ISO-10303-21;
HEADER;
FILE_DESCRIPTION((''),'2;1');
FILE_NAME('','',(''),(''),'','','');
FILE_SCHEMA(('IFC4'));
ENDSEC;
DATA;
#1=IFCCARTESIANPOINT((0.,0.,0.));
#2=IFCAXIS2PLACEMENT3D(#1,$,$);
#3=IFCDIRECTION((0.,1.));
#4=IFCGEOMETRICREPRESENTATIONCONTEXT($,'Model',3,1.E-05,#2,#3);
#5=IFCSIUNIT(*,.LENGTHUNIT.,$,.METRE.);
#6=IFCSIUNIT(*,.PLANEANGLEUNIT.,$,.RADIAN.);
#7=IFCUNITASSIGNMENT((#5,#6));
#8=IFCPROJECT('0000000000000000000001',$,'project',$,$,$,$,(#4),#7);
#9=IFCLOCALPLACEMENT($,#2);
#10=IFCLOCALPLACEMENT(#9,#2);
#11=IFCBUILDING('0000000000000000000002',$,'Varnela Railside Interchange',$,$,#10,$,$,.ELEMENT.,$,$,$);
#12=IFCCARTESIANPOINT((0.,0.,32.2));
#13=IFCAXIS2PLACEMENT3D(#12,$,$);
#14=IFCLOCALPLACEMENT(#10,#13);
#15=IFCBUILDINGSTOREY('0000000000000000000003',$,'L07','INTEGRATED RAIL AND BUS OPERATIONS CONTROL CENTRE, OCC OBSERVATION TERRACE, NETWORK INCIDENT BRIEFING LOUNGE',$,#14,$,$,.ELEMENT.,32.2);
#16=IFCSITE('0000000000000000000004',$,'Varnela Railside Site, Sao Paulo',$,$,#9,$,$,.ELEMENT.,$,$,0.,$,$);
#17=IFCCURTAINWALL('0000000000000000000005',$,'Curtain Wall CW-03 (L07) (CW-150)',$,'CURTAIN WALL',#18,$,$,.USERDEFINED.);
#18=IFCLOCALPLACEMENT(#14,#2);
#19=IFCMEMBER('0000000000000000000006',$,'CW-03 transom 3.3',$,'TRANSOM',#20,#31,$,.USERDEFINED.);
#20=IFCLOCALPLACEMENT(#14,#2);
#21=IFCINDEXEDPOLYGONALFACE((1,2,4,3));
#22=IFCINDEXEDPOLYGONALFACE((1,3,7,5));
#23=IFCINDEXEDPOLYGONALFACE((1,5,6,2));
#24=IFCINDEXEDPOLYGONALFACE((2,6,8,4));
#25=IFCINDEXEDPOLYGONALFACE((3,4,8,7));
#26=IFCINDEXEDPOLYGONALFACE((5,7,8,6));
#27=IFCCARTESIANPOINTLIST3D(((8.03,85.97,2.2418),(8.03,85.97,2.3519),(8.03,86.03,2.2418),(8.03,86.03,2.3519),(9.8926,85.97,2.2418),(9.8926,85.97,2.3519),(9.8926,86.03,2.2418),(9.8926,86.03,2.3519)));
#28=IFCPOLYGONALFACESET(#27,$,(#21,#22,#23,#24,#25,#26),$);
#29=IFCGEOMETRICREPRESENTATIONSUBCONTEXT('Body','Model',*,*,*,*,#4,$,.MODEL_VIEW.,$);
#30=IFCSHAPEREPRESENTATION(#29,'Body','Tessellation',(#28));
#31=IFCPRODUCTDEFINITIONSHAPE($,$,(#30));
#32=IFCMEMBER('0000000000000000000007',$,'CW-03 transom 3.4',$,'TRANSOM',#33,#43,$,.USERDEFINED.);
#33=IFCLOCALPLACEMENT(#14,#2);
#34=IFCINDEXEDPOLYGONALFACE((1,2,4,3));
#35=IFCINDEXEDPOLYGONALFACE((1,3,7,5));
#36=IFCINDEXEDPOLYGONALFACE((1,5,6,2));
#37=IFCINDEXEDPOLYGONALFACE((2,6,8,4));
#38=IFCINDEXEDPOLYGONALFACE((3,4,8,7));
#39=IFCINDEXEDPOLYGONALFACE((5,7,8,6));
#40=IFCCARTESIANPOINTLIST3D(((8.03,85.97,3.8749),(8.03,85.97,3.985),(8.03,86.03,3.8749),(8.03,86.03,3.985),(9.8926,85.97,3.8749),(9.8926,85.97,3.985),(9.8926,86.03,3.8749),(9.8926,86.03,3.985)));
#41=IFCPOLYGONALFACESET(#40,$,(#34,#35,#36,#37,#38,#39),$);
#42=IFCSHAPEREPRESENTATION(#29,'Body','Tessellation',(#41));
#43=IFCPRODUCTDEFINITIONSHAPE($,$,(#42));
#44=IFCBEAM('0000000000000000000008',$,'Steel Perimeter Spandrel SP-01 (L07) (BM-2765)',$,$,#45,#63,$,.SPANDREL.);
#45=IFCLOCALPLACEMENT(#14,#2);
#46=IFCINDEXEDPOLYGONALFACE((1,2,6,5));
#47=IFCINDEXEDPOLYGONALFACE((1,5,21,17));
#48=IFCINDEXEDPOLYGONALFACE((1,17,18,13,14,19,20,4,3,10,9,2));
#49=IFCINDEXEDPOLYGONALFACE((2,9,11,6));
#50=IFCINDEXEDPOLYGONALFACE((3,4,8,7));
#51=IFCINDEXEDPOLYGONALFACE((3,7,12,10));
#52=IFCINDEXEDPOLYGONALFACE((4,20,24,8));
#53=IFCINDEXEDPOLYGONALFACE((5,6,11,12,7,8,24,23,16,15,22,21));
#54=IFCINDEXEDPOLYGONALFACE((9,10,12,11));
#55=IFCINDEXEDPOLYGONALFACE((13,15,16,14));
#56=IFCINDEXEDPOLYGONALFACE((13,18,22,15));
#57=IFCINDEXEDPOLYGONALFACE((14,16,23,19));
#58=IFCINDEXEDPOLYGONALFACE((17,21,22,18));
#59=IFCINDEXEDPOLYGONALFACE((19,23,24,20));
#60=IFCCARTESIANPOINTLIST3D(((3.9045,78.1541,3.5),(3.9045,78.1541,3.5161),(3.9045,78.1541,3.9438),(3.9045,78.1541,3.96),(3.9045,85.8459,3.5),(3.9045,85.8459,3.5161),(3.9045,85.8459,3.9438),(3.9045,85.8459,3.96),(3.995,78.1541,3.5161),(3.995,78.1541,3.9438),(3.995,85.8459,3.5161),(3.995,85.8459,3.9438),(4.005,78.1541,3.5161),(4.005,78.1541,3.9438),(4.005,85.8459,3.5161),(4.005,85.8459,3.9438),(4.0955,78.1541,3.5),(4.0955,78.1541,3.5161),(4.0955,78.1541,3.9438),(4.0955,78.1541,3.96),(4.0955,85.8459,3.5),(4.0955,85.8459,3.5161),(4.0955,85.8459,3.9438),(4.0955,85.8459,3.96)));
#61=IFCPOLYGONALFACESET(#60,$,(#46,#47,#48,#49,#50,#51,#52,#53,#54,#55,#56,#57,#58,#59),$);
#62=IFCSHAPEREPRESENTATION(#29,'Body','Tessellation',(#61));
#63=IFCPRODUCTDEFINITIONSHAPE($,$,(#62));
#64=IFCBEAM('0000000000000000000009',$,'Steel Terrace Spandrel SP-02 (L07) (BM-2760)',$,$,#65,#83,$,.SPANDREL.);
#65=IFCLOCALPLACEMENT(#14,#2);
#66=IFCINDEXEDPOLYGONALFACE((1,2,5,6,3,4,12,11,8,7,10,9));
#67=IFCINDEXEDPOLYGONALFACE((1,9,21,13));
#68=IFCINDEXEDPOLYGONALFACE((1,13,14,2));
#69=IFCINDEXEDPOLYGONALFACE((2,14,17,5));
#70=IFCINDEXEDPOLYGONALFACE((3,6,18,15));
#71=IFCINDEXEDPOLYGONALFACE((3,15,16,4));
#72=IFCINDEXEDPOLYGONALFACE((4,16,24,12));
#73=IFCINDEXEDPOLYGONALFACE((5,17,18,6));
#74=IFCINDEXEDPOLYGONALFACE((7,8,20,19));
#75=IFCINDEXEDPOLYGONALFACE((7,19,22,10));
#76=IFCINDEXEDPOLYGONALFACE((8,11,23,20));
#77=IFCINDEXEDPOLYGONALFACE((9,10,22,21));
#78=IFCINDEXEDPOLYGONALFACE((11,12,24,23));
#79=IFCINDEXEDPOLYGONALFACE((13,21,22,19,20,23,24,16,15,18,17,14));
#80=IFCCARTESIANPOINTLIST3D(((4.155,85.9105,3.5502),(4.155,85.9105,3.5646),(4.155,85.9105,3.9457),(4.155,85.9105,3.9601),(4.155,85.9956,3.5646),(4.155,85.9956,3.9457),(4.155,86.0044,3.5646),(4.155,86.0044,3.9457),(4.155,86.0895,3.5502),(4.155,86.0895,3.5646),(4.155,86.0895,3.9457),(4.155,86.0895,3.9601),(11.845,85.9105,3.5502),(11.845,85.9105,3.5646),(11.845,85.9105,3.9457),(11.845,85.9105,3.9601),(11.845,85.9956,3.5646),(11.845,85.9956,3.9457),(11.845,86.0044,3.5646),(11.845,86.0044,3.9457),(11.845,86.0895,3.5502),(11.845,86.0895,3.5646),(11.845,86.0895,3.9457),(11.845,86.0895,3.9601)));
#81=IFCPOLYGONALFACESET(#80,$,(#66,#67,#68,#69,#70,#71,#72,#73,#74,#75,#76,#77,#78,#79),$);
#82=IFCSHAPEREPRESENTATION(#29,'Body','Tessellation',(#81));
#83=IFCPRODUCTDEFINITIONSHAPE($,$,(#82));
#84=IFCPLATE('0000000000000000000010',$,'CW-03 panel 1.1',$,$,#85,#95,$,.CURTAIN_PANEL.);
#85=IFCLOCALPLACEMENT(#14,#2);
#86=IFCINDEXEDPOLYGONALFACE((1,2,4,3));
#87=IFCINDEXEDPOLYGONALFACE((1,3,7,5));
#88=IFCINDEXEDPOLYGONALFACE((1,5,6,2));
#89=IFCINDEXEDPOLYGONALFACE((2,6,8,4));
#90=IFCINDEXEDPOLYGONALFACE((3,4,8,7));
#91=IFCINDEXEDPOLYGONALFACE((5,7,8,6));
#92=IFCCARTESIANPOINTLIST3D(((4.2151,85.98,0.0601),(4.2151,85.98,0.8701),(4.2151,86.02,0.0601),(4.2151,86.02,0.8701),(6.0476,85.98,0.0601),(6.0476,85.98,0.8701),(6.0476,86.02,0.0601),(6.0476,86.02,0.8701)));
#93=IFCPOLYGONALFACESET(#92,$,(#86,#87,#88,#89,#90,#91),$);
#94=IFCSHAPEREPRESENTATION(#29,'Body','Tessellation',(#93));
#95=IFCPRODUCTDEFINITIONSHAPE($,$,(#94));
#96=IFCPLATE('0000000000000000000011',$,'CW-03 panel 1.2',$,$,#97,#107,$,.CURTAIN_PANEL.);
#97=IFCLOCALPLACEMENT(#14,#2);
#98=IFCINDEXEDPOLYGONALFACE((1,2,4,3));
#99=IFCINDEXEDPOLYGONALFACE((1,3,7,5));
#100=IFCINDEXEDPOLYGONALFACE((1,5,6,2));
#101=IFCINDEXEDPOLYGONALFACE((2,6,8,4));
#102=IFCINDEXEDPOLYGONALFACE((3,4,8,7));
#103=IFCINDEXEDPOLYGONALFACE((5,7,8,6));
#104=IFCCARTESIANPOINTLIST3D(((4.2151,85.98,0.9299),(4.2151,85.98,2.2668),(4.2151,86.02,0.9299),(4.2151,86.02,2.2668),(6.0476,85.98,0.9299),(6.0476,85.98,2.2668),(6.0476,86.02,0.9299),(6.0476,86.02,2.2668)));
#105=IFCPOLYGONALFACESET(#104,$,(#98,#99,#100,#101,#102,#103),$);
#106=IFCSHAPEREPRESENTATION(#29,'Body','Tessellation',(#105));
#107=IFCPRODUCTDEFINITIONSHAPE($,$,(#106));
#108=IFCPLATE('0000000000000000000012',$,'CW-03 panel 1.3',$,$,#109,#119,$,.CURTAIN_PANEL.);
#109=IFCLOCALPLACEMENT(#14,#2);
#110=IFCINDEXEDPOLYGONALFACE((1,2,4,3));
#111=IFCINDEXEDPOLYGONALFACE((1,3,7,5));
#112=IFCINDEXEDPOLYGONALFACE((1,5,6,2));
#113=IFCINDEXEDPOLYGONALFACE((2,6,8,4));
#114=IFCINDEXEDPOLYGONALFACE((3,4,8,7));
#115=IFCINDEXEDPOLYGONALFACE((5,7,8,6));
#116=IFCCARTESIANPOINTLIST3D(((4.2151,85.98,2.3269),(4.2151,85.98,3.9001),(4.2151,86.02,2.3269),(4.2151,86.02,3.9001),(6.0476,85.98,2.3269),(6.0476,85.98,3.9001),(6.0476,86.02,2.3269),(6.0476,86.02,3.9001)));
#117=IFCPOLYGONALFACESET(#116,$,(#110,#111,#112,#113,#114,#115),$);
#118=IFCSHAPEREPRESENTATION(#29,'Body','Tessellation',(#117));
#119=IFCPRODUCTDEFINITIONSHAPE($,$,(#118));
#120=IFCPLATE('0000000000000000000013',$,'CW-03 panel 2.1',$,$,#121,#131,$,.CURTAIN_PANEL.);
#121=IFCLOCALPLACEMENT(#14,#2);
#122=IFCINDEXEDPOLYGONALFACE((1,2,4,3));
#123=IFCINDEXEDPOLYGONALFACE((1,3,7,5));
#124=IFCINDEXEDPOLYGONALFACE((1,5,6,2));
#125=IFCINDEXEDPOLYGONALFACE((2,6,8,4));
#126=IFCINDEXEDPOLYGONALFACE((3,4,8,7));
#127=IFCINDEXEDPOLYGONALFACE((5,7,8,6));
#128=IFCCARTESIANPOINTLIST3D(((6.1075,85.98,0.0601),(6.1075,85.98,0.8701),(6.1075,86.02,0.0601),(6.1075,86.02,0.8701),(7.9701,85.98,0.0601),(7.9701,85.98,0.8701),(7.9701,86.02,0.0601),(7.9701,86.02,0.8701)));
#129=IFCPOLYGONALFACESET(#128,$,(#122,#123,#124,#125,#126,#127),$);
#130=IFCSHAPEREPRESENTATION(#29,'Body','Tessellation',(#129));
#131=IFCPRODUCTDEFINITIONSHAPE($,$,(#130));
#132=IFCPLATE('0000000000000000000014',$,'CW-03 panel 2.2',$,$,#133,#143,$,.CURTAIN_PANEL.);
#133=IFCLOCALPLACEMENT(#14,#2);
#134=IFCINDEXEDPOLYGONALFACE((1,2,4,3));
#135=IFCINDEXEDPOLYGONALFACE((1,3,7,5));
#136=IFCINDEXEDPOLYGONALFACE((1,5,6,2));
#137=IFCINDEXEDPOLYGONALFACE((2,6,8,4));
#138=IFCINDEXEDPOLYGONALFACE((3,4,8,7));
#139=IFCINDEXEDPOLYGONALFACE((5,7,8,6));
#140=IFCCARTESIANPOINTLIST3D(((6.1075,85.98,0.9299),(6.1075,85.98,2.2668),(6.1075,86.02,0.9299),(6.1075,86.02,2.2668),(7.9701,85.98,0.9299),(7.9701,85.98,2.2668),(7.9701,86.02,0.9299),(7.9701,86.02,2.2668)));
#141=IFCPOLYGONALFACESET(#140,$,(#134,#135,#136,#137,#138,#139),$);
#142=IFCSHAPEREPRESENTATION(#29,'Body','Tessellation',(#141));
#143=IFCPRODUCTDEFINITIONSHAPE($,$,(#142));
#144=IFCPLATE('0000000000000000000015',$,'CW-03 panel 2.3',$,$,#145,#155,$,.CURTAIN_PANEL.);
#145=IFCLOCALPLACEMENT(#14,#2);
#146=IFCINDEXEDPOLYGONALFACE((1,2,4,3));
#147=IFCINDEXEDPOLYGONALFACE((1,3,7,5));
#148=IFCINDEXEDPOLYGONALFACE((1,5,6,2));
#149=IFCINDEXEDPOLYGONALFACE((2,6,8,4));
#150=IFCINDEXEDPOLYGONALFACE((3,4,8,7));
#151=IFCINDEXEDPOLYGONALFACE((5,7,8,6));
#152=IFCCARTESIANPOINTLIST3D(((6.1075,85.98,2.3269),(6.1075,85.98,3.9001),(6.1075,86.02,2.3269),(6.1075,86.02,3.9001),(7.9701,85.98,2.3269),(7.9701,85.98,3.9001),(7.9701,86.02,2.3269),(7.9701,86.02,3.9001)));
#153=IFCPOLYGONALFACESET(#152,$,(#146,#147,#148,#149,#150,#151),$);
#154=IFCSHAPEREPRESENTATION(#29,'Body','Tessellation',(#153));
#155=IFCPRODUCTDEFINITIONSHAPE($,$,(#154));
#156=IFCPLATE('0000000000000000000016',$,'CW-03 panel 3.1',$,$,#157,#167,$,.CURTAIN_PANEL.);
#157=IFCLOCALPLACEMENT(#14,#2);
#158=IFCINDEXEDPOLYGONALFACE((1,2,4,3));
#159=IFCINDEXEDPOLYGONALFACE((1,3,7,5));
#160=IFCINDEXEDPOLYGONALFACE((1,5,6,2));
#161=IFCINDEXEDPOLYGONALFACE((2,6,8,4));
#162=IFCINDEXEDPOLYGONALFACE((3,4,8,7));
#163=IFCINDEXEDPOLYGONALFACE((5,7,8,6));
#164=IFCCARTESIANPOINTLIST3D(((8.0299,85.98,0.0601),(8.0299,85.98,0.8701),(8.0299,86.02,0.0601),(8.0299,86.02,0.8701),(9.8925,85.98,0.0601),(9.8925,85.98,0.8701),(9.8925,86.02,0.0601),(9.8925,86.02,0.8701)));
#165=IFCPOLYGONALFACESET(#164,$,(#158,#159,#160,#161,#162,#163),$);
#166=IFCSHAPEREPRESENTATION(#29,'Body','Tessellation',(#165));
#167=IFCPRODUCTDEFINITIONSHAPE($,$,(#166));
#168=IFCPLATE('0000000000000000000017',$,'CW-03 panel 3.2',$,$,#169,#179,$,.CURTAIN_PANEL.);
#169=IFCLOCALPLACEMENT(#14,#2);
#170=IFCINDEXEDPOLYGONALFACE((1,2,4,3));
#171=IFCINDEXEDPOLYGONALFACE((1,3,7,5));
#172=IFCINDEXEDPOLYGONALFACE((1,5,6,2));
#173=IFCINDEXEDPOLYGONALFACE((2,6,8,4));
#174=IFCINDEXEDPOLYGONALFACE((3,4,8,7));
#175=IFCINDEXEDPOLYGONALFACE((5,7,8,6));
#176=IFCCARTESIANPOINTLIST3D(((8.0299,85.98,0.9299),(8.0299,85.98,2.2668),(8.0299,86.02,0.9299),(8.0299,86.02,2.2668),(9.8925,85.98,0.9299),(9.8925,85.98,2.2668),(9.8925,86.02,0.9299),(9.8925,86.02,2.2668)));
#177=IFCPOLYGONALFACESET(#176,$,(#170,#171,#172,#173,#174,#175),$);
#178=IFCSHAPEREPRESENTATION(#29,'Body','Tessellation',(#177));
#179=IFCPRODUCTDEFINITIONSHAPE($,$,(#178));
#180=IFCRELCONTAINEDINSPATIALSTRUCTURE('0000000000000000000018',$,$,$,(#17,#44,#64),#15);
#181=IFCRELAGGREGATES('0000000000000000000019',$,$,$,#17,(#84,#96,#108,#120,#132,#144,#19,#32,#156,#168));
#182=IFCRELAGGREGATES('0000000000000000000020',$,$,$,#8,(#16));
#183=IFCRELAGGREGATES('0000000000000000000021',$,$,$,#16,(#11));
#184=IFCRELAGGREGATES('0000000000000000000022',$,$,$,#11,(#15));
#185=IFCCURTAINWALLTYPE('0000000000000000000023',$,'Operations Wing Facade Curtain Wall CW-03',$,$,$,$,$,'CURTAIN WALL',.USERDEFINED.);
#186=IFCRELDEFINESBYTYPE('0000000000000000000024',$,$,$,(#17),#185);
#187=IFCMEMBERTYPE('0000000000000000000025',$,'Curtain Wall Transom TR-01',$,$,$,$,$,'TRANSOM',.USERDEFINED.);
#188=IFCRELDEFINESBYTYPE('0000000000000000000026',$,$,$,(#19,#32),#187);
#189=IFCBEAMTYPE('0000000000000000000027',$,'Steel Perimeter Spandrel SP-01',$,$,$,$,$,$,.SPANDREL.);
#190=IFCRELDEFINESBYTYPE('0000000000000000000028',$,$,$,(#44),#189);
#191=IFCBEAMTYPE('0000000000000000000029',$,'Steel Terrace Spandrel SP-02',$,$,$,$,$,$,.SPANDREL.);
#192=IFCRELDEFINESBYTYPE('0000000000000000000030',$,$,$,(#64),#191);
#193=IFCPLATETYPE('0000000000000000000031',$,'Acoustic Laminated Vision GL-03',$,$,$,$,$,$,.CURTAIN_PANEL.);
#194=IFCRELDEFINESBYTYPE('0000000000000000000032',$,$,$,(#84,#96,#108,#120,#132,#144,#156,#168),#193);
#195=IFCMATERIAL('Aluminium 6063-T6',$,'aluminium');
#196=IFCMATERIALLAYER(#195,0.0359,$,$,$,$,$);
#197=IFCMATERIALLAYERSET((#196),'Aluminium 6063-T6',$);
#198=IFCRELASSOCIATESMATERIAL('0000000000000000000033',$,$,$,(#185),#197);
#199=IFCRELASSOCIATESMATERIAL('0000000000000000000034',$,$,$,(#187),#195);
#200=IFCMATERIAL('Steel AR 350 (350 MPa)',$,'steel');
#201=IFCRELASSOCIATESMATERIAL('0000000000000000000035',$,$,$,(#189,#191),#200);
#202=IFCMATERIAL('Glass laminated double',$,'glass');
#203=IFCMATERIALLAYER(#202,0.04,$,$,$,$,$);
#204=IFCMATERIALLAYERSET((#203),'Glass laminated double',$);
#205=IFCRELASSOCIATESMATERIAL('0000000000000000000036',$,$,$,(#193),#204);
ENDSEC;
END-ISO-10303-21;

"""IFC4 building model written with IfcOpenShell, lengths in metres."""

from ifc_helpers import new_model, si_unit, direction, frame, origin, origin_2d, place, context, subcontext, project, spatial, rectangle, i_section, extrude, material, layer, layer_set, material_profile, profile_set, type_object, element, aggregate, save


model = new_model("IFC4")

# Units and contexts
model_context = context("Model", 3, precision=1e-05, world=origin(), true_north=direction((0.0, 1.0)))
body_context = subcontext(model_context, "Body", "Model", "MODEL_VIEW")
ifc_project = project(units=[si_unit("LENGTHUNIT", "METRE"), si_unit("PLANEANGLEUNIT", "RADIAN")], contexts=[model_context])

# Site, building, storey
site_placement = place(None, origin())
site = spatial("IfcSite", under=ifc_project, at=site_placement, Name="Varnela Railside Site, Sao Paulo", CompositionType="ELEMENT", RefElevation=0.0)
building_placement = place(site_placement, origin())
building = spatial("IfcBuilding", under=site, at=building_placement, Name="Varnela Railside Interchange", CompositionType="ELEMENT")
storey_placement = place(building_placement, frame((0.0, 0.0, 32.2)))
storey = spatial("IfcBuildingStorey", under=building, at=storey_placement, Name="L07", Description="INTEGRATED RAIL AND BUS OPERATIONS CONTROL CENTRE, OCC OBSERVATION TERRACE, NETWORK INCIDENT BRIEFING LOUNGE", CompositionType="ELEMENT", Elevation=32.2)

# Shared definitions
ifc_material_1 = material(Name="Steel AR 350 (350 MPa)", Category="steel")

# Curtain wall, members
ifc_material_2 = material(Name="Aluminium 6063-T6", Category="aluminium")
ifc_layer_1 = layer(ifc_material_2, 0.0359)
ifc_layer_set_1 = layer_set([ifc_layer_1], Name="Aluminium 6063-T6")
curtain_wall_type = type_object("IfcCurtainWallType", Name="Operations Wing Facade Curtain Wall CW-03", ElementType="CURTAIN WALL", PredefinedType="USERDEFINED", material=ifc_layer_set_1)
curtain_wall_placement = place(storey_placement, origin())
curtain_wall = element("IfcCurtainWall", 1, at=curtain_wall_placement, inside=storey, type_object=curtain_wall_type, Name="Curtain Wall CW-03 (L07) (CW-150)", ObjectType="CURTAIN WALL", PredefinedType="USERDEFINED")
ifc_material_profile_1 = material_profile(ifc_material_2, rectangle(XDim=0.0601, YDim=0.1101, at=origin_2d()), Name="ALU 60x110")
ifc_profile_set_1 = profile_set([ifc_material_profile_1], Name="Aluminium 6063-T6")
member_type_1 = type_object("IfcMemberType", Name="Curtain Wall Transom TR-01", ElementType="TRANSOM", PredefinedType="USERDEFINED", material=ifc_profile_set_1)
member_1_placement = place(storey_placement, frame((8.03, 86.0, 2.2969), z_axis=(1.0, 0.0, 0.0), x_axis=(0.0, 1.0, 0.0)))
member_1 = element("IfcMember", 2, at=member_1_placement, type_object=member_type_1, Name="CW-03 transom 3.3", ObjectType="TRANSOM", PredefinedType="USERDEFINED", context=body_context, shape_type="SweptSolid", body=[
    extrude(rectangle(XDim=0.0601, YDim=0.1101, at=origin_2d()), origin(), (0.0, 0.0, 1.0), 1.8625),
])
member_2_placement = place(storey_placement, frame((8.03, 86.0, 3.9299), z_axis=(1.0, 0.0, 0.0), x_axis=(0.0, 1.0, 0.0)))
member_2 = element("IfcMember", 3, at=member_2_placement, type_object=member_type_1, Name="CW-03 transom 3.4", ObjectType="TRANSOM", PredefinedType="USERDEFINED", context=body_context, shape_type="SweptSolid", body=[
    extrude(rectangle(XDim=0.0601, YDim=0.1101, at=origin_2d()), origin(), (0.0, 0.0, 1.0), 1.8625),
])

# Beams
ifc_material_profile_2 = material_profile(ifc_material_1, i_section(OverallWidth=0.1909, OverallDepth=0.46, WebThickness=0.01, FlangeThickness=0.0161, at=origin_2d()), Name="W460x82")
ifc_profile_set_2 = profile_set([ifc_material_profile_2], Name="Steel AR 350 (350 MPa)")
beam_type_1 = type_object("IfcBeamType", Name="Steel Perimeter Spandrel SP-01", PredefinedType="SPANDREL", material=ifc_profile_set_2)
beam_1_placement = place(storey_placement, frame((4.0, 78.1541, 3.73), z_axis=(0.0, 1.0, 0.0), x_axis=(-1.0, 0.0, 0.0)))
element("IfcBeam", 4, at=beam_1_placement, inside=storey, type_object=beam_type_1, Name="Steel Perimeter Spandrel SP-01 (L07) (BM-2765)", PredefinedType="SPANDREL", context=body_context, shape_type="SweptSolid", body=[
    extrude(i_section(OverallWidth=0.1909, OverallDepth=0.46, WebThickness=0.01, FlangeThickness=0.0161, at=origin_2d()), origin(), (0.0, 0.0, 1.0), 7.6919),
])
ifc_material_profile_3 = material_profile(ifc_material_1, i_section(OverallWidth=0.179, OverallDepth=0.4099, WebThickness=0.0088, FlangeThickness=0.0144, at=origin_2d()), Name="W410x67")
ifc_profile_set_3 = profile_set([ifc_material_profile_3], Name="Steel AR 350 (350 MPa)")
beam_type_2 = type_object("IfcBeamType", Name="Steel Terrace Spandrel SP-02", PredefinedType="SPANDREL", material=ifc_profile_set_3)
beam_2_placement = place(storey_placement, frame((4.155, 86.0, 3.7551), z_axis=(1.0, 0.0, 0.0), x_axis=(0.0, 1.0, 0.0)))
element("IfcBeam", 5, at=beam_2_placement, inside=storey, type_object=beam_type_2, Name="Steel Terrace Spandrel SP-02 (L07) (BM-2760)", PredefinedType="SPANDREL", context=body_context, shape_type="SweptSolid", body=[
    extrude(i_section(OverallWidth=0.179, OverallDepth=0.4099, WebThickness=0.0088, FlangeThickness=0.0144, at=origin_2d()), origin(), (0.0, 0.0, 1.0), 7.6899),
])

# Plates
ifc_material_3 = material(Name="Glass laminated double", Category="glass")
ifc_layer_2 = layer(ifc_material_3, 0.04)
ifc_layer_set_2 = layer_set([ifc_layer_2], Name="Glass laminated double")
plate_type = type_object("IfcPlateType", Name="Acoustic Laminated Vision GL-03", PredefinedType="CURTAIN_PANEL", material=ifc_layer_set_2)
plate_1_placement = place(storey_placement, frame((5.1313, 86.0, 0.0601), z_axis=(0.0, 0.0, 1.0), x_axis=(1.0, 0.0, 0.0)))
plate_1 = element("IfcPlate", 6, at=plate_1_placement, type_object=plate_type, Name="CW-03 panel 1.1", PredefinedType="CURTAIN_PANEL", context=body_context, shape_type="SweptSolid", body=[
    extrude(rectangle(XDim=1.8325, YDim=0.04, at=origin_2d()), origin(), (0.0, 0.0, 1.0), 0.8101),
])
plate_2_placement = place(storey_placement, frame((5.1313, 86.0, 0.9299), z_axis=(0.0, 0.0, 1.0), x_axis=(1.0, 0.0, 0.0)))
plate_2 = element("IfcPlate", 7, at=plate_2_placement, type_object=plate_type, Name="CW-03 panel 1.2", PredefinedType="CURTAIN_PANEL", context=body_context, shape_type="SweptSolid", body=[
    extrude(rectangle(XDim=1.8325, YDim=0.04, at=origin_2d()), origin(), (0.0, 0.0, 1.0), 1.3369),
])
plate_3_placement = place(storey_placement, frame((5.1313, 86.0, 2.3269), z_axis=(0.0, 0.0, 1.0), x_axis=(1.0, 0.0, 0.0)))
plate_3 = element("IfcPlate", 8, at=plate_3_placement, type_object=plate_type, Name="CW-03 panel 1.3", PredefinedType="CURTAIN_PANEL", context=body_context, shape_type="SweptSolid", body=[
    extrude(rectangle(XDim=1.8325, YDim=0.04, at=origin_2d()), origin(), (0.0, 0.0, 1.0), 1.5732),
])
plate_4_placement = place(storey_placement, frame((7.0388, 86.0, 0.0601), z_axis=(0.0, 0.0, 1.0), x_axis=(1.0, 0.0, 0.0)))
plate_4 = element("IfcPlate", 9, at=plate_4_placement, type_object=plate_type, Name="CW-03 panel 2.1", PredefinedType="CURTAIN_PANEL", context=body_context, shape_type="SweptSolid", body=[
    extrude(rectangle(XDim=1.8625, YDim=0.04, at=origin_2d()), origin(), (0.0, 0.0, 1.0), 0.8101),
])
plate_5_placement = place(storey_placement, frame((7.0388, 86.0, 0.9299), z_axis=(0.0, 0.0, 1.0), x_axis=(1.0, 0.0, 0.0)))
plate_5 = element("IfcPlate", 10, at=plate_5_placement, type_object=plate_type, Name="CW-03 panel 2.2", PredefinedType="CURTAIN_PANEL", context=body_context, shape_type="SweptSolid", body=[
    extrude(rectangle(XDim=1.8625, YDim=0.04, at=origin_2d()), origin(), (0.0, 0.0, 1.0), 1.3369),
])
plate_6_placement = place(storey_placement, frame((7.0388, 86.0, 2.3269), z_axis=(0.0, 0.0, 1.0), x_axis=(1.0, 0.0, 0.0)))
plate_6 = element("IfcPlate", 11, at=plate_6_placement, type_object=plate_type, Name="CW-03 panel 2.3", PredefinedType="CURTAIN_PANEL", context=body_context, shape_type="SweptSolid", body=[
    extrude(rectangle(XDim=1.8625, YDim=0.04, at=origin_2d()), origin(), (0.0, 0.0, 1.0), 1.5732),
])
plate_7_placement = place(storey_placement, frame((8.9612, 86.0, 0.0601), z_axis=(0.0, 0.0, 1.0), x_axis=(1.0, 0.0, 0.0)))
plate_7 = element("IfcPlate", 12, at=plate_7_placement, type_object=plate_type, Name="CW-03 panel 3.1", PredefinedType="CURTAIN_PANEL", context=body_context, shape_type="SweptSolid", body=[
    extrude(rectangle(XDim=1.8625, YDim=0.04, at=origin_2d()), origin(), (0.0, 0.0, 1.0), 0.8101),
])
plate_8_placement = place(storey_placement, frame((8.9612, 86.0, 0.9299), z_axis=(0.0, 0.0, 1.0), x_axis=(1.0, 0.0, 0.0)))
plate_8 = element("IfcPlate", 13, at=plate_8_placement, type_object=plate_type, Name="CW-03 panel 3.2", PredefinedType="CURTAIN_PANEL", context=body_context, shape_type="SweptSolid", body=[
    extrude(rectangle(XDim=1.8625, YDim=0.04, at=origin_2d()), origin(), (0.0, 0.0, 1.0), 1.3369),
])
aggregate(curtain_wall, [plate_1, plate_2, plate_3, plate_4, plate_5, plate_6, member_1, member_2, plate_7, plate_8])

save(model, "model.ifc")
